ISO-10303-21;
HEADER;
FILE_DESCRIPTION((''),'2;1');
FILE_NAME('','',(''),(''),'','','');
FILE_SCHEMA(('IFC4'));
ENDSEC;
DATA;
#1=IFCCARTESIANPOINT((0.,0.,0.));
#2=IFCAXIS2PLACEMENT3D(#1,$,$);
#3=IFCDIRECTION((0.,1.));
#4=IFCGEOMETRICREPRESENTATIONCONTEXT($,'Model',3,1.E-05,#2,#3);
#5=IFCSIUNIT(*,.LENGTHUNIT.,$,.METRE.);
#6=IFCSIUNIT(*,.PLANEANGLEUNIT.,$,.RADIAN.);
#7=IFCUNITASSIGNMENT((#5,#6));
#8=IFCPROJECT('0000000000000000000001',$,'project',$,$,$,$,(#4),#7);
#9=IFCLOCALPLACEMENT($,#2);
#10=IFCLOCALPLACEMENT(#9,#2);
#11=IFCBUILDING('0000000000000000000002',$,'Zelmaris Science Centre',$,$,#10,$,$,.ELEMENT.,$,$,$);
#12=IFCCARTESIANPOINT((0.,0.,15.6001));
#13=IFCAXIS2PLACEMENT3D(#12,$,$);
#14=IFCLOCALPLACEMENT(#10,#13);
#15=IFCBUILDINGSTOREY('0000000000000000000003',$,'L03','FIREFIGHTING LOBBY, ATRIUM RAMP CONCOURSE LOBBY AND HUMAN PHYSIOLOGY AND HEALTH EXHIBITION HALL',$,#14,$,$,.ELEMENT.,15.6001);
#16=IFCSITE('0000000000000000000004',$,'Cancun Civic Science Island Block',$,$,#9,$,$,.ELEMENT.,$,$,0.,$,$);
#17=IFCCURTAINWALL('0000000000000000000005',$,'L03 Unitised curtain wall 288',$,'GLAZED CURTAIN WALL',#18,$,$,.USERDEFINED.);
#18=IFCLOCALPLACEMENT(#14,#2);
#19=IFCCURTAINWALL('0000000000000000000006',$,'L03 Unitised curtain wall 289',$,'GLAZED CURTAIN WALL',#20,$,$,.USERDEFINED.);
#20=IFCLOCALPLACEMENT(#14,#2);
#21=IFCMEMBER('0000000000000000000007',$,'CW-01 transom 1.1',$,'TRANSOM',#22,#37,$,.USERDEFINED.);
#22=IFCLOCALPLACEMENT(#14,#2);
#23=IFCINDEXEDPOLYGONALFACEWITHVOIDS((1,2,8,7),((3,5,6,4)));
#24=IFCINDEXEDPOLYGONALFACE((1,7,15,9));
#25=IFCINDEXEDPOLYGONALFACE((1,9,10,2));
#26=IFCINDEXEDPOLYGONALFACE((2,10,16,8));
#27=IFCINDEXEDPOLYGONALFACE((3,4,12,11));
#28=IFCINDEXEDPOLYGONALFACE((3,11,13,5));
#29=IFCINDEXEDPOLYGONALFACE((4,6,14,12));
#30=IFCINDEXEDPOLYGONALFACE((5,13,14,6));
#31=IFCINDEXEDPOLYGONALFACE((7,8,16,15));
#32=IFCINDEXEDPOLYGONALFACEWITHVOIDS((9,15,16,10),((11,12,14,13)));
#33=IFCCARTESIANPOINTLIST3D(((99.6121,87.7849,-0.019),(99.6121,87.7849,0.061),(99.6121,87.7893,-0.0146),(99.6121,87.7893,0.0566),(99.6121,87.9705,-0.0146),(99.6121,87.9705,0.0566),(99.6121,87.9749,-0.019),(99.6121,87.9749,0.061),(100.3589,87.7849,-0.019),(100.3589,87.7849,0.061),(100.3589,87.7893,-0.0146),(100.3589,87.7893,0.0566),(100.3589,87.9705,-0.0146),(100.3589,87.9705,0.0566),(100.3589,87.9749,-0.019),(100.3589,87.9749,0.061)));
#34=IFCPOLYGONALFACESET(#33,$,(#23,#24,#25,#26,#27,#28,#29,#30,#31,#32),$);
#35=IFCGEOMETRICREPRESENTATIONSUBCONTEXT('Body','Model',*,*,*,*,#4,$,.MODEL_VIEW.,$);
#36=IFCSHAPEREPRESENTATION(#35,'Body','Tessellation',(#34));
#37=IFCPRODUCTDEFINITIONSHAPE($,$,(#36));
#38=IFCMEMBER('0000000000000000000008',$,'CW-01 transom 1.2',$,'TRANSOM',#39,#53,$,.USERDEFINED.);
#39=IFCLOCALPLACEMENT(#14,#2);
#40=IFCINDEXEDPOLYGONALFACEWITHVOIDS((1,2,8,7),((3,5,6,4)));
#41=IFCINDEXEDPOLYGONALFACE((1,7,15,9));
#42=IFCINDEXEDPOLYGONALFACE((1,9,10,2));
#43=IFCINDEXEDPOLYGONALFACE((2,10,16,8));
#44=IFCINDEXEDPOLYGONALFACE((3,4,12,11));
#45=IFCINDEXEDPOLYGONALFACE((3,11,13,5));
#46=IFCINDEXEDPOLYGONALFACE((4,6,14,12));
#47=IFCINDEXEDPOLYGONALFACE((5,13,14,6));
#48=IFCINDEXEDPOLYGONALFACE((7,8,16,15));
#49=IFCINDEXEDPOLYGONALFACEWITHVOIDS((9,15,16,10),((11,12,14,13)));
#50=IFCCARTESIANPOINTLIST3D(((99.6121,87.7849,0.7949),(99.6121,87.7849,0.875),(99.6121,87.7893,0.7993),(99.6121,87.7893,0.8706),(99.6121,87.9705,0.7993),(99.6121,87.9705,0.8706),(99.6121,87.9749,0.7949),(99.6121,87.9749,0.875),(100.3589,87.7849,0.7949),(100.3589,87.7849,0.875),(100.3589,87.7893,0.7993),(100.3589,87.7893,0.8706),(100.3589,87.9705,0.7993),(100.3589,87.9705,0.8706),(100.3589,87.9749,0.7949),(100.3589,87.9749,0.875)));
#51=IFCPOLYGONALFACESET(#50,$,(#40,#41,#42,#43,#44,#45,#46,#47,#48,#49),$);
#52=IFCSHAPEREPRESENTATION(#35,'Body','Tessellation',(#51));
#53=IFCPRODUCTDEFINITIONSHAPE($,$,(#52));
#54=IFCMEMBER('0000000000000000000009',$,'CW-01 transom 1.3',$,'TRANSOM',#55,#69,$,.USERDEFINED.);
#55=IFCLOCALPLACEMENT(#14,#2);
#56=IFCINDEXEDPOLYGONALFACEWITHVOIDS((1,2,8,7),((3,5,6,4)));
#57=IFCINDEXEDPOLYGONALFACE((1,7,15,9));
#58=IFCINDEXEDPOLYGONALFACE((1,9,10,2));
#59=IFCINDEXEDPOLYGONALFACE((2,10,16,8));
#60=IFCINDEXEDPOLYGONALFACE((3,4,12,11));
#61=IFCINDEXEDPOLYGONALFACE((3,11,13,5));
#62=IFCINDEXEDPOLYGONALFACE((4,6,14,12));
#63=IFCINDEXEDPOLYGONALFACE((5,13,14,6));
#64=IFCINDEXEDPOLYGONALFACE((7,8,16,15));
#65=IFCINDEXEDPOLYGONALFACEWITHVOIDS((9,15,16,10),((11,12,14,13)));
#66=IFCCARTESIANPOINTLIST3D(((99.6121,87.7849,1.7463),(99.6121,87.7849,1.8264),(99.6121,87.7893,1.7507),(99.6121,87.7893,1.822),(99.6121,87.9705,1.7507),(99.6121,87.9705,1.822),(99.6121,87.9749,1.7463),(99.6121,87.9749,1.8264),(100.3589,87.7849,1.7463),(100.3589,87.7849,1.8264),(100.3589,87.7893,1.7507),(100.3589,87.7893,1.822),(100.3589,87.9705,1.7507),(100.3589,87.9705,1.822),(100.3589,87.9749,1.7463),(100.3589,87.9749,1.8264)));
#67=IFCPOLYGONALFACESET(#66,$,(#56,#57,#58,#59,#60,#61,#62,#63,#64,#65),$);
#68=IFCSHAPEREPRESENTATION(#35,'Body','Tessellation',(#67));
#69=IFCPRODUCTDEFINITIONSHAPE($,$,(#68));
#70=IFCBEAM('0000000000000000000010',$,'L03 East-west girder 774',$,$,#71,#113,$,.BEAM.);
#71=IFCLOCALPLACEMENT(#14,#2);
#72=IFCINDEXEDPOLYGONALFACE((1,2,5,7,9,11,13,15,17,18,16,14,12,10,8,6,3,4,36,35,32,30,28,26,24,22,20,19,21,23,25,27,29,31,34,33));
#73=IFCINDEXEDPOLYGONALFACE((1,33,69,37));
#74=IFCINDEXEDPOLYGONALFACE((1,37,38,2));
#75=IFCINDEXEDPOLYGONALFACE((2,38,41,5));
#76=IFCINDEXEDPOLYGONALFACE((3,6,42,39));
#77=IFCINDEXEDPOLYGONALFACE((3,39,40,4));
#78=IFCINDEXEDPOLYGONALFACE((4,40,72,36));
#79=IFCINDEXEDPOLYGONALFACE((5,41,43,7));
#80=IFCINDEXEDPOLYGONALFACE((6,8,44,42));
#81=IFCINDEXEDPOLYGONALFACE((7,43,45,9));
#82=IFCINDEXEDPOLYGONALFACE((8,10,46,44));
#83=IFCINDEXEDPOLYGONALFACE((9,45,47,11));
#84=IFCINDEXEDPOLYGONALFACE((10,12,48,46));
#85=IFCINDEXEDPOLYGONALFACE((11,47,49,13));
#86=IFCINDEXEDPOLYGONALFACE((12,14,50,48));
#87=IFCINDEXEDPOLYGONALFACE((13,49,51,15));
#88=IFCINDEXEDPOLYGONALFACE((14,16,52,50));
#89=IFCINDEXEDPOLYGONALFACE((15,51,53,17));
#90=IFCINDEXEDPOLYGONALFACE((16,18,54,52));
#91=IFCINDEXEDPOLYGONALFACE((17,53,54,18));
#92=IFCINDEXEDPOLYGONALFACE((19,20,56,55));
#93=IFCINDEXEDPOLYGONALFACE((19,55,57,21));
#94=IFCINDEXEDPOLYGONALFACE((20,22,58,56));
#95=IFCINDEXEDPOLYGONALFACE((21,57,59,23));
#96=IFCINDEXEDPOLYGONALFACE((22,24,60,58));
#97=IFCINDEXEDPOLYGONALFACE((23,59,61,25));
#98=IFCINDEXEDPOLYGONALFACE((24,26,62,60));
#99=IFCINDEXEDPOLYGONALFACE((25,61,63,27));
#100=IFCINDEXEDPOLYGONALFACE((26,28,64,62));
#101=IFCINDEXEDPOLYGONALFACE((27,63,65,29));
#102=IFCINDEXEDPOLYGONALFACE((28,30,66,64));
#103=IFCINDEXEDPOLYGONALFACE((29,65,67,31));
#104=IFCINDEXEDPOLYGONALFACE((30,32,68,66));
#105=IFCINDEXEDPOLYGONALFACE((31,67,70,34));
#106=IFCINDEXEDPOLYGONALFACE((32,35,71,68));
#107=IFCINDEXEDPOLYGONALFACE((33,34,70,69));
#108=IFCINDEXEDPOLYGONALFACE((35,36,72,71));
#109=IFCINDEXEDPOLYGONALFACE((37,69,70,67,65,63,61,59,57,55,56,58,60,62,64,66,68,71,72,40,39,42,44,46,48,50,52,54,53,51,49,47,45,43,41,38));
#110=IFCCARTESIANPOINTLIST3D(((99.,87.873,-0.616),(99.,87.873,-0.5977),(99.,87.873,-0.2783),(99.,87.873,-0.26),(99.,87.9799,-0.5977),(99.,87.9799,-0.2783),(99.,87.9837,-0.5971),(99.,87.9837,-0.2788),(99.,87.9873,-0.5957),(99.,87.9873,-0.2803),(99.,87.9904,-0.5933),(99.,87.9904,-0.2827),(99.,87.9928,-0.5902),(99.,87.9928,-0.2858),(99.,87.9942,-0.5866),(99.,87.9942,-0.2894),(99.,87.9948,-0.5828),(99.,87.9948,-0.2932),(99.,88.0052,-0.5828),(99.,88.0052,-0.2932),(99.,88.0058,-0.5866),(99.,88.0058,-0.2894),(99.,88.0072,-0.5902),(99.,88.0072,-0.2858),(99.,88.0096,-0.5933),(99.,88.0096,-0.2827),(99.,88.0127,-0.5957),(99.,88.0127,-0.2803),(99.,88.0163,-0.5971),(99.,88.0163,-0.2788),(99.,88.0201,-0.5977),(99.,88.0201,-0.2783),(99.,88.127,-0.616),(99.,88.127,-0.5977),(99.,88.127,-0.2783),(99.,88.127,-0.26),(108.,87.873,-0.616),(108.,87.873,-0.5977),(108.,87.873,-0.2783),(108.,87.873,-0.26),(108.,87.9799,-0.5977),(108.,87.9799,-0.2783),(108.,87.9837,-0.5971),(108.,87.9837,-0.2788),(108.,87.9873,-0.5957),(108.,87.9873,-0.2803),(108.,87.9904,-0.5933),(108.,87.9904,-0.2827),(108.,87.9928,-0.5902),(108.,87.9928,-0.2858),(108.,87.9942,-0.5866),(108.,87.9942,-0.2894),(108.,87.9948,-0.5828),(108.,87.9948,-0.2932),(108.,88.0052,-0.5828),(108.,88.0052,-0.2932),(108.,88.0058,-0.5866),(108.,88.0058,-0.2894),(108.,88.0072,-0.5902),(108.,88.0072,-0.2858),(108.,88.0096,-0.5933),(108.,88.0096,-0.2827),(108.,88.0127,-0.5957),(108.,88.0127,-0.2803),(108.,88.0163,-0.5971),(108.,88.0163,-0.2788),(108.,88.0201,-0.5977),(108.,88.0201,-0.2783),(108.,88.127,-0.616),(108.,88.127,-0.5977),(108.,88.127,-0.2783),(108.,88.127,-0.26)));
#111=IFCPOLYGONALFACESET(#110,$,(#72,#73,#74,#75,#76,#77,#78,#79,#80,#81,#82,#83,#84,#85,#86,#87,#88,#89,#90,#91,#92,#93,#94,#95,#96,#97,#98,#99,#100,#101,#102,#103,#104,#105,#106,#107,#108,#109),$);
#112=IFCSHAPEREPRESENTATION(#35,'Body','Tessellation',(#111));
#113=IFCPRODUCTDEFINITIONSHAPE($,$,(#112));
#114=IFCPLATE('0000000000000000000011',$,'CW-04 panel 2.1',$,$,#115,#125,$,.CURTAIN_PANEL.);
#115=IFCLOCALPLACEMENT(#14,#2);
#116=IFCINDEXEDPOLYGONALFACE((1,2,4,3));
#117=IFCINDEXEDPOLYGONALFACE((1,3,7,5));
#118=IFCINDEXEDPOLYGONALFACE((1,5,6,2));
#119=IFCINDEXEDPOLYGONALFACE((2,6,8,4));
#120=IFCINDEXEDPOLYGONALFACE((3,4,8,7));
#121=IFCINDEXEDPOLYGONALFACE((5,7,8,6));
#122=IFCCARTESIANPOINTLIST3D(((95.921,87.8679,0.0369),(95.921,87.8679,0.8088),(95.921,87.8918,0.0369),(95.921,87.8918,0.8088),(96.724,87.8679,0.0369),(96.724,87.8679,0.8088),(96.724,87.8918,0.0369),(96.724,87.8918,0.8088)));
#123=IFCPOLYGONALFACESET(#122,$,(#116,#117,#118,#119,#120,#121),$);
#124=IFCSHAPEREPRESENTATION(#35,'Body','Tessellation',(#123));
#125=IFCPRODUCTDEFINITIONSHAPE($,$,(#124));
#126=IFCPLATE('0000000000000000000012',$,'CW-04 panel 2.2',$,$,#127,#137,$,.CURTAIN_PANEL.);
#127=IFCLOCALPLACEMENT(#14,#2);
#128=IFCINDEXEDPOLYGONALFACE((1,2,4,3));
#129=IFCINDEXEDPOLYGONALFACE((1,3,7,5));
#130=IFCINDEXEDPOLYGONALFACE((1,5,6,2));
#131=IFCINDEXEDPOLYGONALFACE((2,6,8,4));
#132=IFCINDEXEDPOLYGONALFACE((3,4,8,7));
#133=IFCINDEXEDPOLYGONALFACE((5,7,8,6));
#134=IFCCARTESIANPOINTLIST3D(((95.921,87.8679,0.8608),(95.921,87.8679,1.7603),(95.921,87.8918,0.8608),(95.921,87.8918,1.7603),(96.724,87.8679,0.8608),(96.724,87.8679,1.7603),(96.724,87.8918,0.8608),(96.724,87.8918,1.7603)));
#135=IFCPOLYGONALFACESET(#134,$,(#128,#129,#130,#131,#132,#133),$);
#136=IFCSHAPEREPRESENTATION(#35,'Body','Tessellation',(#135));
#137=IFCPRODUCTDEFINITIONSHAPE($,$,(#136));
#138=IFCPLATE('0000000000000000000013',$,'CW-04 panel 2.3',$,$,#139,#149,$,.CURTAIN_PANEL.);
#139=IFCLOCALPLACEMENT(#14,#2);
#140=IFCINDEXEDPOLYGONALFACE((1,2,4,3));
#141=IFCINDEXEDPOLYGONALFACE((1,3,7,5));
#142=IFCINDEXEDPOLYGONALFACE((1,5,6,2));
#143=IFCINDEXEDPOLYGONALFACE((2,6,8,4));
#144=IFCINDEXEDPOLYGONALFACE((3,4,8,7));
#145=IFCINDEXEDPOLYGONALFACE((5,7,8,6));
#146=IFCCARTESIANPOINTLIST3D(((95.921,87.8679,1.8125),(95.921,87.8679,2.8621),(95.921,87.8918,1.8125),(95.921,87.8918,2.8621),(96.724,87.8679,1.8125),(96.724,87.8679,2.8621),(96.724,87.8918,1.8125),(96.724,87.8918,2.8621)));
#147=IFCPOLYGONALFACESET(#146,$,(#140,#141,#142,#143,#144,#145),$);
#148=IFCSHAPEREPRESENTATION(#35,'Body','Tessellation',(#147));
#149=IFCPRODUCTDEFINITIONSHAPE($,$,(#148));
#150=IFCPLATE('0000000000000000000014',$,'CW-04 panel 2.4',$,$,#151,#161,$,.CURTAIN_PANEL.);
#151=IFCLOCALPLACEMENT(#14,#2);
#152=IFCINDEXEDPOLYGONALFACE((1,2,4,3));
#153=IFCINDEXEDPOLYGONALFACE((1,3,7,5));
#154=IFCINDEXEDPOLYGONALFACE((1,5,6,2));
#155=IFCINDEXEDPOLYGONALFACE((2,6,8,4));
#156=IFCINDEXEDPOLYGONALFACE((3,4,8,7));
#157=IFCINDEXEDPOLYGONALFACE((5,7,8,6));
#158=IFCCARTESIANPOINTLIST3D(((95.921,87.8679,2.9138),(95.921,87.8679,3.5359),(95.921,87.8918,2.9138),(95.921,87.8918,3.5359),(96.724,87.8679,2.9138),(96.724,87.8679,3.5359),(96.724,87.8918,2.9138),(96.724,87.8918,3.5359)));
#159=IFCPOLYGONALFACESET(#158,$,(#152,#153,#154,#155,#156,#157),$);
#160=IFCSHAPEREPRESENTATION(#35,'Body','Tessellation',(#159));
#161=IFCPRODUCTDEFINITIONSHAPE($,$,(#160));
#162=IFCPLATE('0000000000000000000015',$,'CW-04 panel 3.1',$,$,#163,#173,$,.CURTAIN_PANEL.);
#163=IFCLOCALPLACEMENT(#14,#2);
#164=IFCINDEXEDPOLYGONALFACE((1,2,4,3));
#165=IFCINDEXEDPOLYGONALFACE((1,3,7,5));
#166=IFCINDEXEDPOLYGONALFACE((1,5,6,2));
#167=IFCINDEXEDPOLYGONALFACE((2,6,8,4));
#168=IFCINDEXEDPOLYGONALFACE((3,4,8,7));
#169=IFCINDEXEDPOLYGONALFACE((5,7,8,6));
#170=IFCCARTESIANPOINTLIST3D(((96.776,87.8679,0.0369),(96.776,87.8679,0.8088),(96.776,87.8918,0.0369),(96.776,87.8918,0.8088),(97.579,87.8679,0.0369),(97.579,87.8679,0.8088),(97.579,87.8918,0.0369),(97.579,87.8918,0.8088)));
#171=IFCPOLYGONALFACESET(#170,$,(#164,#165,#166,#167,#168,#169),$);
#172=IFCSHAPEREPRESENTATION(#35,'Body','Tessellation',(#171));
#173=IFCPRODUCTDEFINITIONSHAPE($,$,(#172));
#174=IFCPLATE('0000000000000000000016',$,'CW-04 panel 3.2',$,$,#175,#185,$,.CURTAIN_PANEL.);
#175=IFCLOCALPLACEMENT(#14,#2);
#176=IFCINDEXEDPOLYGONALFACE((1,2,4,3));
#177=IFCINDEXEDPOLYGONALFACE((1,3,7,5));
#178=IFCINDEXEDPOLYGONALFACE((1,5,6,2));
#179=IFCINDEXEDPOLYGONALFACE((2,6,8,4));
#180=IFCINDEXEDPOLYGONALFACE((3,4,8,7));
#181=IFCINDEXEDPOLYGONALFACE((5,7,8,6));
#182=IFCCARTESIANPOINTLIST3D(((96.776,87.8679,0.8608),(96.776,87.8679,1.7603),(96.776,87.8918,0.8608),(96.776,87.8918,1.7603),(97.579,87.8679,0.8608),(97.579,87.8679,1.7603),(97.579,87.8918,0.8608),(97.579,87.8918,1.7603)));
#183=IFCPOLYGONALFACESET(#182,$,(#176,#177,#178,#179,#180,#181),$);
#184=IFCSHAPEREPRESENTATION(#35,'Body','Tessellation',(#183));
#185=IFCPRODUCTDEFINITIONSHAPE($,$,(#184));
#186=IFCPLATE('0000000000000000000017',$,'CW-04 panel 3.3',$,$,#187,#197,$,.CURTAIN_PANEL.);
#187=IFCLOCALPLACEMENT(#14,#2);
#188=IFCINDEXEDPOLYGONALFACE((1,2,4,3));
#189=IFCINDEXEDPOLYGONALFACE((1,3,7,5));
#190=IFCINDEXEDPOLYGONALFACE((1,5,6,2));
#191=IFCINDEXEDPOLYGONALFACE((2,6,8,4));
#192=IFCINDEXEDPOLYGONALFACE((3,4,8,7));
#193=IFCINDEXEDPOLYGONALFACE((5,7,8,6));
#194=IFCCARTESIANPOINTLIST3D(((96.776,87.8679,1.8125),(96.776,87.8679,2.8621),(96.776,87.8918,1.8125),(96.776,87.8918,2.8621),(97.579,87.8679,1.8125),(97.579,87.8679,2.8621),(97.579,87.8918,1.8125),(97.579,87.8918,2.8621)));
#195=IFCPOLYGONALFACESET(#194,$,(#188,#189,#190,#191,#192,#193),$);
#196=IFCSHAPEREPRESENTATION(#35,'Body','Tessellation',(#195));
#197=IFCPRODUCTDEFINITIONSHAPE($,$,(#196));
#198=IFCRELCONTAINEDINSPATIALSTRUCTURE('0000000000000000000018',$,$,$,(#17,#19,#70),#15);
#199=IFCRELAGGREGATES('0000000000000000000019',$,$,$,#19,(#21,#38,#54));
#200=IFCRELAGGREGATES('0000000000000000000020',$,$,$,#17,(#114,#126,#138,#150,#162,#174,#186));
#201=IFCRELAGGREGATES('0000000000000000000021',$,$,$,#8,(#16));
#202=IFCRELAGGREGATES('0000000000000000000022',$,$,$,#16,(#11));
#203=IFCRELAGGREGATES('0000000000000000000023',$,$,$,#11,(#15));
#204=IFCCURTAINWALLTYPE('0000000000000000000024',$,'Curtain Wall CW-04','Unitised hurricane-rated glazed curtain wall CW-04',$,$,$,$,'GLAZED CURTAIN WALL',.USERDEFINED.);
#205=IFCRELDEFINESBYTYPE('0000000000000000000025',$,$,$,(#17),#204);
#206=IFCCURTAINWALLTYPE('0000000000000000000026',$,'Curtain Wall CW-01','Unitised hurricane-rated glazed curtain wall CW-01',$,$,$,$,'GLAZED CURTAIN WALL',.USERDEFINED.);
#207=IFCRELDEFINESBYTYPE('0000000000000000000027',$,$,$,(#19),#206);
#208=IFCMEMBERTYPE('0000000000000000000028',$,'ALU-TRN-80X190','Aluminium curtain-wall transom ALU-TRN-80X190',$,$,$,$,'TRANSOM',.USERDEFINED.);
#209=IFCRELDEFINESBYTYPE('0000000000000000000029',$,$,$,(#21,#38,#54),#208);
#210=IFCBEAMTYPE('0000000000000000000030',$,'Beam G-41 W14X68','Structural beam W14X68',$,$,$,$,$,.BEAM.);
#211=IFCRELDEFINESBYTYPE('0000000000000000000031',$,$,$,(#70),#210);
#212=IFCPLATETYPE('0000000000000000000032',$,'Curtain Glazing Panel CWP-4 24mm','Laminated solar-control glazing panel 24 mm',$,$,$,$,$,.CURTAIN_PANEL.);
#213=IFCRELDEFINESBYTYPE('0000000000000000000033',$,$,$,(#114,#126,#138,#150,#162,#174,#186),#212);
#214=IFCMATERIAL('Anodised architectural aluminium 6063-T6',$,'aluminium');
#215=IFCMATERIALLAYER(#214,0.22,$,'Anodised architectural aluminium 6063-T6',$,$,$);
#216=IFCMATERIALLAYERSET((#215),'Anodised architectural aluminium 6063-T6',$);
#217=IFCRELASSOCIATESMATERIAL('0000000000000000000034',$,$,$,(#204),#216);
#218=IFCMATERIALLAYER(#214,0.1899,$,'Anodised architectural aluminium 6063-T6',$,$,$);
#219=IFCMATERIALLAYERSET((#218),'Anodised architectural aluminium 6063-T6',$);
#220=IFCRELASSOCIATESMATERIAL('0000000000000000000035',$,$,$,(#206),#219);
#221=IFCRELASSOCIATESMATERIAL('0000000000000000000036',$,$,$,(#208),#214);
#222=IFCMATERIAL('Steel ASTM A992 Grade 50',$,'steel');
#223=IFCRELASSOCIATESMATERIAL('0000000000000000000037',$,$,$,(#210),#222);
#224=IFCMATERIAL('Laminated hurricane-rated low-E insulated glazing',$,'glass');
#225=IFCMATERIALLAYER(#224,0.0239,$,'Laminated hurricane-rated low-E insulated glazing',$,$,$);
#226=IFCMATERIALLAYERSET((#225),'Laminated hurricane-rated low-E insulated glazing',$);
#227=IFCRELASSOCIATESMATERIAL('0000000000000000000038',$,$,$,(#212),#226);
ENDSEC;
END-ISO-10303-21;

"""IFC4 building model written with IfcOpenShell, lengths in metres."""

from ifc_helpers import new_model, si_unit, direction, frame, origin, origin_2d, place, context, subcontext, project, spatial, rectangle, hollow_rectangle, i_section, extrude, material, layer, layer_set, material_profile, profile_set, type_object, element, aggregate, save


model = new_model("IFC4")

# Units and contexts
model_context = context("Model", 3, precision=1e-05, world=origin(), true_north=direction((0.0, 1.0)))
body_context = subcontext(model_context, "Body", "Model", "MODEL_VIEW")
ifc_project = project(units=[si_unit("LENGTHUNIT", "METRE"), si_unit("PLANEANGLEUNIT", "RADIAN")], contexts=[model_context])

# Site, building, storey
site_placement = place(None, origin())
site = spatial("IfcSite", under=ifc_project, at=site_placement, Name="Cancun Civic Science Island Block", CompositionType="ELEMENT", RefElevation=0.0)
building_placement = place(site_placement, origin())
building = spatial("IfcBuilding", under=site, at=building_placement, Name="Zelmaris Science Centre", CompositionType="ELEMENT")
storey_placement = place(building_placement, frame((0.0, 0.0, 15.6001)))
storey = spatial("IfcBuildingStorey", under=building, at=storey_placement, Name="L03", Description="FIREFIGHTING LOBBY, ATRIUM RAMP CONCOURSE LOBBY AND HUMAN PHYSIOLOGY AND HEALTH EXHIBITION HALL", CompositionType="ELEMENT", Elevation=15.6001)

# Shared definitions
ifc_material_1 = material(Name="Steel ASTM A992 Grade 50", Category="steel")

# Curtain wall
ifc_material_2 = material(Name="Anodised architectural aluminium 6063-T6", Category="aluminium")
ifc_layer_1 = layer(ifc_material_2, 0.22, Name="Anodised architectural aluminium 6063-T6")
ifc_layer_set_1 = layer_set([ifc_layer_1], Name="Anodised architectural aluminium 6063-T6")
curtain_wall_type_1 = type_object("IfcCurtainWallType", Name="Curtain Wall CW-04", Description="Unitised hurricane-rated glazed curtain wall CW-04", ElementType="GLAZED CURTAIN WALL", PredefinedType="USERDEFINED", material=ifc_layer_set_1)
curtain_wall_1_placement = place(storey_placement, origin())
curtain_wall_1 = element("IfcCurtainWall", 1, at=curtain_wall_1_placement, inside=storey, type_object=curtain_wall_type_1, Name="L03 Unitised curtain wall 288", ObjectType="GLAZED CURTAIN WALL", PredefinedType="USERDEFINED")

# Curtain wall
ifc_layer_2 = layer(ifc_material_2, 0.1899, Name="Anodised architectural aluminium 6063-T6")
ifc_layer_set_2 = layer_set([ifc_layer_2], Name="Anodised architectural aluminium 6063-T6")
curtain_wall_type_2 = type_object("IfcCurtainWallType", Name="Curtain Wall CW-01", Description="Unitised hurricane-rated glazed curtain wall CW-01", ElementType="GLAZED CURTAIN WALL", PredefinedType="USERDEFINED", material=ifc_layer_set_2)
curtain_wall_2_placement = place(storey_placement, origin())
curtain_wall_2 = element("IfcCurtainWall", 2, at=curtain_wall_2_placement, inside=storey, type_object=curtain_wall_type_2, Name="L03 Unitised curtain wall 289", ObjectType="GLAZED CURTAIN WALL", PredefinedType="USERDEFINED")

# Members
ifc_material_profile_1 = material_profile(ifc_material_2, hollow_rectangle(XDim=0.0801, YDim=0.1899, WallThickness=0.0044, at=origin_2d()), Name="ALU-TRN-80X190")
ifc_profile_set_1 = profile_set([ifc_material_profile_1], Name="Anodised architectural aluminium 6063-T6")
member_type_1 = type_object("IfcMemberType", Name="ALU-TRN-80X190", Description="Aluminium curtain-wall transom ALU-TRN-80X190", ElementType="TRANSOM", PredefinedType="USERDEFINED", material=ifc_profile_set_1)
member_1_placement = place(storey_placement, frame((99.6121, 87.8799, 0.021), z_axis=(1.0, 0.0, 0.0), x_axis=(0.0, 0.0, 1.0)))
member_1 = element("IfcMember", 3, at=member_1_placement, type_object=member_type_1, Name="CW-01 transom 1.1", ObjectType="TRANSOM", PredefinedType="USERDEFINED", context=body_context, shape_type="SweptSolid", body=[
    extrude(hollow_rectangle(XDim=0.0801, YDim=0.1899, WallThickness=0.0044, at=origin_2d()), origin(), (0.0, 0.0, 1.0), 0.7468),
])
member_2_placement = place(storey_placement, frame((99.6121, 87.8799, 0.835), z_axis=(1.0, 0.0, 0.0), x_axis=(0.0, 0.0, 1.0)))
member_2 = element("IfcMember", 4, at=member_2_placement, type_object=member_type_1, Name="CW-01 transom 1.2", ObjectType="TRANSOM", PredefinedType="USERDEFINED", context=body_context, shape_type="SweptSolid", body=[
    extrude(hollow_rectangle(XDim=0.0801, YDim=0.1899, WallThickness=0.0044, at=origin_2d()), origin(), (0.0, 0.0, 1.0), 0.7468),
])
member_3_placement = place(storey_placement, frame((99.6121, 87.8799, 1.7864), z_axis=(1.0, 0.0, 0.0), x_axis=(0.0, 0.0, 1.0)))
member_3 = element("IfcMember", 5, at=member_3_placement, type_object=member_type_1, Name="CW-01 transom 1.3", ObjectType="TRANSOM", PredefinedType="USERDEFINED", context=body_context, shape_type="SweptSolid", body=[
    extrude(hollow_rectangle(XDim=0.0801, YDim=0.1899, WallThickness=0.0044, at=origin_2d()), origin(), (0.0, 0.0, 1.0), 0.7468),
])
aggregate(curtain_wall_2, [member_1, member_2, member_3])

# Beam
ifc_material_profile_2 = material_profile(ifc_material_1, i_section(OverallWidth=0.2539, OverallDepth=0.356, WebThickness=0.0105, FlangeThickness=0.0183, FilletRadius=0.0149, at=origin_2d()), Name="W14X68")
ifc_profile_set_2 = profile_set([ifc_material_profile_2], Name="Steel ASTM A992 Grade 50")
beam_type = type_object("IfcBeamType", Name="Beam G-41 W14X68", Description="Structural beam W14X68", PredefinedType="BEAM", material=ifc_profile_set_2)
beam_placement = place(storey_placement, frame((99.0, 88.0, -0.438), z_axis=(1.0, 0.0, 0.0), x_axis=(0.0, 1.0, 0.0)))
element("IfcBeam", 6, at=beam_placement, inside=storey, type_object=beam_type, Name="L03 East-west girder 774", PredefinedType="BEAM", context=body_context, shape_type="SweptSolid", body=[
    extrude(i_section(OverallWidth=0.2539, OverallDepth=0.356, WebThickness=0.0105, FlangeThickness=0.0183, FilletRadius=0.0149, at=origin_2d()), origin(), (0.0, 0.0, 1.0), 9.0),
])

# Plates
ifc_material_3 = material(Name="Laminated hurricane-rated low-E insulated glazing", Category="glass")
ifc_layer_3 = layer(ifc_material_3, 0.0239, Name="Laminated hurricane-rated low-E insulated glazing")
ifc_layer_set_3 = layer_set([ifc_layer_3], Name="Laminated hurricane-rated low-E insulated glazing")
plate_type = type_object("IfcPlateType", Name="Curtain Glazing Panel CWP-4 24mm", Description="Laminated solar-control glazing panel 24 mm", PredefinedType="CURTAIN_PANEL", material=ifc_layer_set_3)
plate_1_placement = place(storey_placement, frame((96.3225, 87.8799, 0.0369), z_axis=(0.0, 0.0, 1.0), x_axis=(1.0, 0.0, 0.0)))
plate_1 = element("IfcPlate", 7, at=plate_1_placement, type_object=plate_type, Name="CW-04 panel 2.1", PredefinedType="CURTAIN_PANEL", context=body_context, shape_type="SweptSolid", body=[
    extrude(rectangle(XDim=0.803, YDim=0.0239, at=origin_2d()), origin(), (0.0, 0.0, 1.0), 0.772),
])
plate_2_placement = place(storey_placement, frame((96.3225, 87.8799, 0.8608), z_axis=(0.0, 0.0, 1.0), x_axis=(1.0, 0.0, 0.0)))
plate_2 = element("IfcPlate", 8, at=plate_2_placement, type_object=plate_type, Name="CW-04 panel 2.2", PredefinedType="CURTAIN_PANEL", context=body_context, shape_type="SweptSolid", body=[
    extrude(rectangle(XDim=0.803, YDim=0.0239, at=origin_2d()), origin(), (0.0, 0.0, 1.0), 0.8994),
])
plate_3_placement = place(storey_placement, frame((96.3225, 87.8799, 1.8125), z_axis=(0.0, 0.0, 1.0), x_axis=(1.0, 0.0, 0.0)))
plate_3 = element("IfcPlate", 9, at=plate_3_placement, type_object=plate_type, Name="CW-04 panel 2.3", PredefinedType="CURTAIN_PANEL", context=body_context, shape_type="SweptSolid", body=[
    extrude(rectangle(XDim=0.803, YDim=0.0239, at=origin_2d()), origin(), (0.0, 0.0, 1.0), 1.0496),
])
plate_4_placement = place(storey_placement, frame((96.3225, 87.8799, 2.9138), z_axis=(0.0, 0.0, 1.0), x_axis=(1.0, 0.0, 0.0)))
plate_4 = element("IfcPlate", 10, at=plate_4_placement, type_object=plate_type, Name="CW-04 panel 2.4", PredefinedType="CURTAIN_PANEL", context=body_context, shape_type="SweptSolid", body=[
    extrude(rectangle(XDim=0.803, YDim=0.0239, at=origin_2d()), origin(), (0.0, 0.0, 1.0), 0.6221),
])
plate_5_placement = place(storey_placement, frame((97.1775, 87.8799, 0.0369), z_axis=(0.0, 0.0, 1.0), x_axis=(1.0, 0.0, 0.0)))
plate_5 = element("IfcPlate", 11, at=plate_5_placement, type_object=plate_type, Name="CW-04 panel 3.1", PredefinedType="CURTAIN_PANEL", context=body_context, shape_type="SweptSolid", body=[
    extrude(rectangle(XDim=0.803, YDim=0.0239, at=origin_2d()), origin(), (0.0, 0.0, 1.0), 0.772),
])
plate_6_placement = place(storey_placement, frame((97.1775, 87.8799, 0.8608), z_axis=(0.0, 0.0, 1.0), x_axis=(1.0, 0.0, 0.0)))
plate_6 = element("IfcPlate", 12, at=plate_6_placement, type_object=plate_type, Name="CW-04 panel 3.2", PredefinedType="CURTAIN_PANEL", context=body_context, shape_type="SweptSolid", body=[
    extrude(rectangle(XDim=0.803, YDim=0.0239, at=origin_2d()), origin(), (0.0, 0.0, 1.0), 0.8994),
])
plate_7_placement = place(storey_placement, frame((97.1775, 87.8799, 1.8125), z_axis=(0.0, 0.0, 1.0), x_axis=(1.0, 0.0, 0.0)))
plate_7 = element("IfcPlate", 13, at=plate_7_placement, type_object=plate_type, Name="CW-04 panel 3.3", PredefinedType="CURTAIN_PANEL", context=body_context, shape_type="SweptSolid", body=[
    extrude(rectangle(XDim=0.803, YDim=0.0239, at=origin_2d()), origin(), (0.0, 0.0, 1.0), 1.0496),
])
aggregate(curtain_wall_1, [plate_1, plate_2, plate_3, plate_4, plate_5, plate_6, plate_7])

save(model, "model.ifc")
